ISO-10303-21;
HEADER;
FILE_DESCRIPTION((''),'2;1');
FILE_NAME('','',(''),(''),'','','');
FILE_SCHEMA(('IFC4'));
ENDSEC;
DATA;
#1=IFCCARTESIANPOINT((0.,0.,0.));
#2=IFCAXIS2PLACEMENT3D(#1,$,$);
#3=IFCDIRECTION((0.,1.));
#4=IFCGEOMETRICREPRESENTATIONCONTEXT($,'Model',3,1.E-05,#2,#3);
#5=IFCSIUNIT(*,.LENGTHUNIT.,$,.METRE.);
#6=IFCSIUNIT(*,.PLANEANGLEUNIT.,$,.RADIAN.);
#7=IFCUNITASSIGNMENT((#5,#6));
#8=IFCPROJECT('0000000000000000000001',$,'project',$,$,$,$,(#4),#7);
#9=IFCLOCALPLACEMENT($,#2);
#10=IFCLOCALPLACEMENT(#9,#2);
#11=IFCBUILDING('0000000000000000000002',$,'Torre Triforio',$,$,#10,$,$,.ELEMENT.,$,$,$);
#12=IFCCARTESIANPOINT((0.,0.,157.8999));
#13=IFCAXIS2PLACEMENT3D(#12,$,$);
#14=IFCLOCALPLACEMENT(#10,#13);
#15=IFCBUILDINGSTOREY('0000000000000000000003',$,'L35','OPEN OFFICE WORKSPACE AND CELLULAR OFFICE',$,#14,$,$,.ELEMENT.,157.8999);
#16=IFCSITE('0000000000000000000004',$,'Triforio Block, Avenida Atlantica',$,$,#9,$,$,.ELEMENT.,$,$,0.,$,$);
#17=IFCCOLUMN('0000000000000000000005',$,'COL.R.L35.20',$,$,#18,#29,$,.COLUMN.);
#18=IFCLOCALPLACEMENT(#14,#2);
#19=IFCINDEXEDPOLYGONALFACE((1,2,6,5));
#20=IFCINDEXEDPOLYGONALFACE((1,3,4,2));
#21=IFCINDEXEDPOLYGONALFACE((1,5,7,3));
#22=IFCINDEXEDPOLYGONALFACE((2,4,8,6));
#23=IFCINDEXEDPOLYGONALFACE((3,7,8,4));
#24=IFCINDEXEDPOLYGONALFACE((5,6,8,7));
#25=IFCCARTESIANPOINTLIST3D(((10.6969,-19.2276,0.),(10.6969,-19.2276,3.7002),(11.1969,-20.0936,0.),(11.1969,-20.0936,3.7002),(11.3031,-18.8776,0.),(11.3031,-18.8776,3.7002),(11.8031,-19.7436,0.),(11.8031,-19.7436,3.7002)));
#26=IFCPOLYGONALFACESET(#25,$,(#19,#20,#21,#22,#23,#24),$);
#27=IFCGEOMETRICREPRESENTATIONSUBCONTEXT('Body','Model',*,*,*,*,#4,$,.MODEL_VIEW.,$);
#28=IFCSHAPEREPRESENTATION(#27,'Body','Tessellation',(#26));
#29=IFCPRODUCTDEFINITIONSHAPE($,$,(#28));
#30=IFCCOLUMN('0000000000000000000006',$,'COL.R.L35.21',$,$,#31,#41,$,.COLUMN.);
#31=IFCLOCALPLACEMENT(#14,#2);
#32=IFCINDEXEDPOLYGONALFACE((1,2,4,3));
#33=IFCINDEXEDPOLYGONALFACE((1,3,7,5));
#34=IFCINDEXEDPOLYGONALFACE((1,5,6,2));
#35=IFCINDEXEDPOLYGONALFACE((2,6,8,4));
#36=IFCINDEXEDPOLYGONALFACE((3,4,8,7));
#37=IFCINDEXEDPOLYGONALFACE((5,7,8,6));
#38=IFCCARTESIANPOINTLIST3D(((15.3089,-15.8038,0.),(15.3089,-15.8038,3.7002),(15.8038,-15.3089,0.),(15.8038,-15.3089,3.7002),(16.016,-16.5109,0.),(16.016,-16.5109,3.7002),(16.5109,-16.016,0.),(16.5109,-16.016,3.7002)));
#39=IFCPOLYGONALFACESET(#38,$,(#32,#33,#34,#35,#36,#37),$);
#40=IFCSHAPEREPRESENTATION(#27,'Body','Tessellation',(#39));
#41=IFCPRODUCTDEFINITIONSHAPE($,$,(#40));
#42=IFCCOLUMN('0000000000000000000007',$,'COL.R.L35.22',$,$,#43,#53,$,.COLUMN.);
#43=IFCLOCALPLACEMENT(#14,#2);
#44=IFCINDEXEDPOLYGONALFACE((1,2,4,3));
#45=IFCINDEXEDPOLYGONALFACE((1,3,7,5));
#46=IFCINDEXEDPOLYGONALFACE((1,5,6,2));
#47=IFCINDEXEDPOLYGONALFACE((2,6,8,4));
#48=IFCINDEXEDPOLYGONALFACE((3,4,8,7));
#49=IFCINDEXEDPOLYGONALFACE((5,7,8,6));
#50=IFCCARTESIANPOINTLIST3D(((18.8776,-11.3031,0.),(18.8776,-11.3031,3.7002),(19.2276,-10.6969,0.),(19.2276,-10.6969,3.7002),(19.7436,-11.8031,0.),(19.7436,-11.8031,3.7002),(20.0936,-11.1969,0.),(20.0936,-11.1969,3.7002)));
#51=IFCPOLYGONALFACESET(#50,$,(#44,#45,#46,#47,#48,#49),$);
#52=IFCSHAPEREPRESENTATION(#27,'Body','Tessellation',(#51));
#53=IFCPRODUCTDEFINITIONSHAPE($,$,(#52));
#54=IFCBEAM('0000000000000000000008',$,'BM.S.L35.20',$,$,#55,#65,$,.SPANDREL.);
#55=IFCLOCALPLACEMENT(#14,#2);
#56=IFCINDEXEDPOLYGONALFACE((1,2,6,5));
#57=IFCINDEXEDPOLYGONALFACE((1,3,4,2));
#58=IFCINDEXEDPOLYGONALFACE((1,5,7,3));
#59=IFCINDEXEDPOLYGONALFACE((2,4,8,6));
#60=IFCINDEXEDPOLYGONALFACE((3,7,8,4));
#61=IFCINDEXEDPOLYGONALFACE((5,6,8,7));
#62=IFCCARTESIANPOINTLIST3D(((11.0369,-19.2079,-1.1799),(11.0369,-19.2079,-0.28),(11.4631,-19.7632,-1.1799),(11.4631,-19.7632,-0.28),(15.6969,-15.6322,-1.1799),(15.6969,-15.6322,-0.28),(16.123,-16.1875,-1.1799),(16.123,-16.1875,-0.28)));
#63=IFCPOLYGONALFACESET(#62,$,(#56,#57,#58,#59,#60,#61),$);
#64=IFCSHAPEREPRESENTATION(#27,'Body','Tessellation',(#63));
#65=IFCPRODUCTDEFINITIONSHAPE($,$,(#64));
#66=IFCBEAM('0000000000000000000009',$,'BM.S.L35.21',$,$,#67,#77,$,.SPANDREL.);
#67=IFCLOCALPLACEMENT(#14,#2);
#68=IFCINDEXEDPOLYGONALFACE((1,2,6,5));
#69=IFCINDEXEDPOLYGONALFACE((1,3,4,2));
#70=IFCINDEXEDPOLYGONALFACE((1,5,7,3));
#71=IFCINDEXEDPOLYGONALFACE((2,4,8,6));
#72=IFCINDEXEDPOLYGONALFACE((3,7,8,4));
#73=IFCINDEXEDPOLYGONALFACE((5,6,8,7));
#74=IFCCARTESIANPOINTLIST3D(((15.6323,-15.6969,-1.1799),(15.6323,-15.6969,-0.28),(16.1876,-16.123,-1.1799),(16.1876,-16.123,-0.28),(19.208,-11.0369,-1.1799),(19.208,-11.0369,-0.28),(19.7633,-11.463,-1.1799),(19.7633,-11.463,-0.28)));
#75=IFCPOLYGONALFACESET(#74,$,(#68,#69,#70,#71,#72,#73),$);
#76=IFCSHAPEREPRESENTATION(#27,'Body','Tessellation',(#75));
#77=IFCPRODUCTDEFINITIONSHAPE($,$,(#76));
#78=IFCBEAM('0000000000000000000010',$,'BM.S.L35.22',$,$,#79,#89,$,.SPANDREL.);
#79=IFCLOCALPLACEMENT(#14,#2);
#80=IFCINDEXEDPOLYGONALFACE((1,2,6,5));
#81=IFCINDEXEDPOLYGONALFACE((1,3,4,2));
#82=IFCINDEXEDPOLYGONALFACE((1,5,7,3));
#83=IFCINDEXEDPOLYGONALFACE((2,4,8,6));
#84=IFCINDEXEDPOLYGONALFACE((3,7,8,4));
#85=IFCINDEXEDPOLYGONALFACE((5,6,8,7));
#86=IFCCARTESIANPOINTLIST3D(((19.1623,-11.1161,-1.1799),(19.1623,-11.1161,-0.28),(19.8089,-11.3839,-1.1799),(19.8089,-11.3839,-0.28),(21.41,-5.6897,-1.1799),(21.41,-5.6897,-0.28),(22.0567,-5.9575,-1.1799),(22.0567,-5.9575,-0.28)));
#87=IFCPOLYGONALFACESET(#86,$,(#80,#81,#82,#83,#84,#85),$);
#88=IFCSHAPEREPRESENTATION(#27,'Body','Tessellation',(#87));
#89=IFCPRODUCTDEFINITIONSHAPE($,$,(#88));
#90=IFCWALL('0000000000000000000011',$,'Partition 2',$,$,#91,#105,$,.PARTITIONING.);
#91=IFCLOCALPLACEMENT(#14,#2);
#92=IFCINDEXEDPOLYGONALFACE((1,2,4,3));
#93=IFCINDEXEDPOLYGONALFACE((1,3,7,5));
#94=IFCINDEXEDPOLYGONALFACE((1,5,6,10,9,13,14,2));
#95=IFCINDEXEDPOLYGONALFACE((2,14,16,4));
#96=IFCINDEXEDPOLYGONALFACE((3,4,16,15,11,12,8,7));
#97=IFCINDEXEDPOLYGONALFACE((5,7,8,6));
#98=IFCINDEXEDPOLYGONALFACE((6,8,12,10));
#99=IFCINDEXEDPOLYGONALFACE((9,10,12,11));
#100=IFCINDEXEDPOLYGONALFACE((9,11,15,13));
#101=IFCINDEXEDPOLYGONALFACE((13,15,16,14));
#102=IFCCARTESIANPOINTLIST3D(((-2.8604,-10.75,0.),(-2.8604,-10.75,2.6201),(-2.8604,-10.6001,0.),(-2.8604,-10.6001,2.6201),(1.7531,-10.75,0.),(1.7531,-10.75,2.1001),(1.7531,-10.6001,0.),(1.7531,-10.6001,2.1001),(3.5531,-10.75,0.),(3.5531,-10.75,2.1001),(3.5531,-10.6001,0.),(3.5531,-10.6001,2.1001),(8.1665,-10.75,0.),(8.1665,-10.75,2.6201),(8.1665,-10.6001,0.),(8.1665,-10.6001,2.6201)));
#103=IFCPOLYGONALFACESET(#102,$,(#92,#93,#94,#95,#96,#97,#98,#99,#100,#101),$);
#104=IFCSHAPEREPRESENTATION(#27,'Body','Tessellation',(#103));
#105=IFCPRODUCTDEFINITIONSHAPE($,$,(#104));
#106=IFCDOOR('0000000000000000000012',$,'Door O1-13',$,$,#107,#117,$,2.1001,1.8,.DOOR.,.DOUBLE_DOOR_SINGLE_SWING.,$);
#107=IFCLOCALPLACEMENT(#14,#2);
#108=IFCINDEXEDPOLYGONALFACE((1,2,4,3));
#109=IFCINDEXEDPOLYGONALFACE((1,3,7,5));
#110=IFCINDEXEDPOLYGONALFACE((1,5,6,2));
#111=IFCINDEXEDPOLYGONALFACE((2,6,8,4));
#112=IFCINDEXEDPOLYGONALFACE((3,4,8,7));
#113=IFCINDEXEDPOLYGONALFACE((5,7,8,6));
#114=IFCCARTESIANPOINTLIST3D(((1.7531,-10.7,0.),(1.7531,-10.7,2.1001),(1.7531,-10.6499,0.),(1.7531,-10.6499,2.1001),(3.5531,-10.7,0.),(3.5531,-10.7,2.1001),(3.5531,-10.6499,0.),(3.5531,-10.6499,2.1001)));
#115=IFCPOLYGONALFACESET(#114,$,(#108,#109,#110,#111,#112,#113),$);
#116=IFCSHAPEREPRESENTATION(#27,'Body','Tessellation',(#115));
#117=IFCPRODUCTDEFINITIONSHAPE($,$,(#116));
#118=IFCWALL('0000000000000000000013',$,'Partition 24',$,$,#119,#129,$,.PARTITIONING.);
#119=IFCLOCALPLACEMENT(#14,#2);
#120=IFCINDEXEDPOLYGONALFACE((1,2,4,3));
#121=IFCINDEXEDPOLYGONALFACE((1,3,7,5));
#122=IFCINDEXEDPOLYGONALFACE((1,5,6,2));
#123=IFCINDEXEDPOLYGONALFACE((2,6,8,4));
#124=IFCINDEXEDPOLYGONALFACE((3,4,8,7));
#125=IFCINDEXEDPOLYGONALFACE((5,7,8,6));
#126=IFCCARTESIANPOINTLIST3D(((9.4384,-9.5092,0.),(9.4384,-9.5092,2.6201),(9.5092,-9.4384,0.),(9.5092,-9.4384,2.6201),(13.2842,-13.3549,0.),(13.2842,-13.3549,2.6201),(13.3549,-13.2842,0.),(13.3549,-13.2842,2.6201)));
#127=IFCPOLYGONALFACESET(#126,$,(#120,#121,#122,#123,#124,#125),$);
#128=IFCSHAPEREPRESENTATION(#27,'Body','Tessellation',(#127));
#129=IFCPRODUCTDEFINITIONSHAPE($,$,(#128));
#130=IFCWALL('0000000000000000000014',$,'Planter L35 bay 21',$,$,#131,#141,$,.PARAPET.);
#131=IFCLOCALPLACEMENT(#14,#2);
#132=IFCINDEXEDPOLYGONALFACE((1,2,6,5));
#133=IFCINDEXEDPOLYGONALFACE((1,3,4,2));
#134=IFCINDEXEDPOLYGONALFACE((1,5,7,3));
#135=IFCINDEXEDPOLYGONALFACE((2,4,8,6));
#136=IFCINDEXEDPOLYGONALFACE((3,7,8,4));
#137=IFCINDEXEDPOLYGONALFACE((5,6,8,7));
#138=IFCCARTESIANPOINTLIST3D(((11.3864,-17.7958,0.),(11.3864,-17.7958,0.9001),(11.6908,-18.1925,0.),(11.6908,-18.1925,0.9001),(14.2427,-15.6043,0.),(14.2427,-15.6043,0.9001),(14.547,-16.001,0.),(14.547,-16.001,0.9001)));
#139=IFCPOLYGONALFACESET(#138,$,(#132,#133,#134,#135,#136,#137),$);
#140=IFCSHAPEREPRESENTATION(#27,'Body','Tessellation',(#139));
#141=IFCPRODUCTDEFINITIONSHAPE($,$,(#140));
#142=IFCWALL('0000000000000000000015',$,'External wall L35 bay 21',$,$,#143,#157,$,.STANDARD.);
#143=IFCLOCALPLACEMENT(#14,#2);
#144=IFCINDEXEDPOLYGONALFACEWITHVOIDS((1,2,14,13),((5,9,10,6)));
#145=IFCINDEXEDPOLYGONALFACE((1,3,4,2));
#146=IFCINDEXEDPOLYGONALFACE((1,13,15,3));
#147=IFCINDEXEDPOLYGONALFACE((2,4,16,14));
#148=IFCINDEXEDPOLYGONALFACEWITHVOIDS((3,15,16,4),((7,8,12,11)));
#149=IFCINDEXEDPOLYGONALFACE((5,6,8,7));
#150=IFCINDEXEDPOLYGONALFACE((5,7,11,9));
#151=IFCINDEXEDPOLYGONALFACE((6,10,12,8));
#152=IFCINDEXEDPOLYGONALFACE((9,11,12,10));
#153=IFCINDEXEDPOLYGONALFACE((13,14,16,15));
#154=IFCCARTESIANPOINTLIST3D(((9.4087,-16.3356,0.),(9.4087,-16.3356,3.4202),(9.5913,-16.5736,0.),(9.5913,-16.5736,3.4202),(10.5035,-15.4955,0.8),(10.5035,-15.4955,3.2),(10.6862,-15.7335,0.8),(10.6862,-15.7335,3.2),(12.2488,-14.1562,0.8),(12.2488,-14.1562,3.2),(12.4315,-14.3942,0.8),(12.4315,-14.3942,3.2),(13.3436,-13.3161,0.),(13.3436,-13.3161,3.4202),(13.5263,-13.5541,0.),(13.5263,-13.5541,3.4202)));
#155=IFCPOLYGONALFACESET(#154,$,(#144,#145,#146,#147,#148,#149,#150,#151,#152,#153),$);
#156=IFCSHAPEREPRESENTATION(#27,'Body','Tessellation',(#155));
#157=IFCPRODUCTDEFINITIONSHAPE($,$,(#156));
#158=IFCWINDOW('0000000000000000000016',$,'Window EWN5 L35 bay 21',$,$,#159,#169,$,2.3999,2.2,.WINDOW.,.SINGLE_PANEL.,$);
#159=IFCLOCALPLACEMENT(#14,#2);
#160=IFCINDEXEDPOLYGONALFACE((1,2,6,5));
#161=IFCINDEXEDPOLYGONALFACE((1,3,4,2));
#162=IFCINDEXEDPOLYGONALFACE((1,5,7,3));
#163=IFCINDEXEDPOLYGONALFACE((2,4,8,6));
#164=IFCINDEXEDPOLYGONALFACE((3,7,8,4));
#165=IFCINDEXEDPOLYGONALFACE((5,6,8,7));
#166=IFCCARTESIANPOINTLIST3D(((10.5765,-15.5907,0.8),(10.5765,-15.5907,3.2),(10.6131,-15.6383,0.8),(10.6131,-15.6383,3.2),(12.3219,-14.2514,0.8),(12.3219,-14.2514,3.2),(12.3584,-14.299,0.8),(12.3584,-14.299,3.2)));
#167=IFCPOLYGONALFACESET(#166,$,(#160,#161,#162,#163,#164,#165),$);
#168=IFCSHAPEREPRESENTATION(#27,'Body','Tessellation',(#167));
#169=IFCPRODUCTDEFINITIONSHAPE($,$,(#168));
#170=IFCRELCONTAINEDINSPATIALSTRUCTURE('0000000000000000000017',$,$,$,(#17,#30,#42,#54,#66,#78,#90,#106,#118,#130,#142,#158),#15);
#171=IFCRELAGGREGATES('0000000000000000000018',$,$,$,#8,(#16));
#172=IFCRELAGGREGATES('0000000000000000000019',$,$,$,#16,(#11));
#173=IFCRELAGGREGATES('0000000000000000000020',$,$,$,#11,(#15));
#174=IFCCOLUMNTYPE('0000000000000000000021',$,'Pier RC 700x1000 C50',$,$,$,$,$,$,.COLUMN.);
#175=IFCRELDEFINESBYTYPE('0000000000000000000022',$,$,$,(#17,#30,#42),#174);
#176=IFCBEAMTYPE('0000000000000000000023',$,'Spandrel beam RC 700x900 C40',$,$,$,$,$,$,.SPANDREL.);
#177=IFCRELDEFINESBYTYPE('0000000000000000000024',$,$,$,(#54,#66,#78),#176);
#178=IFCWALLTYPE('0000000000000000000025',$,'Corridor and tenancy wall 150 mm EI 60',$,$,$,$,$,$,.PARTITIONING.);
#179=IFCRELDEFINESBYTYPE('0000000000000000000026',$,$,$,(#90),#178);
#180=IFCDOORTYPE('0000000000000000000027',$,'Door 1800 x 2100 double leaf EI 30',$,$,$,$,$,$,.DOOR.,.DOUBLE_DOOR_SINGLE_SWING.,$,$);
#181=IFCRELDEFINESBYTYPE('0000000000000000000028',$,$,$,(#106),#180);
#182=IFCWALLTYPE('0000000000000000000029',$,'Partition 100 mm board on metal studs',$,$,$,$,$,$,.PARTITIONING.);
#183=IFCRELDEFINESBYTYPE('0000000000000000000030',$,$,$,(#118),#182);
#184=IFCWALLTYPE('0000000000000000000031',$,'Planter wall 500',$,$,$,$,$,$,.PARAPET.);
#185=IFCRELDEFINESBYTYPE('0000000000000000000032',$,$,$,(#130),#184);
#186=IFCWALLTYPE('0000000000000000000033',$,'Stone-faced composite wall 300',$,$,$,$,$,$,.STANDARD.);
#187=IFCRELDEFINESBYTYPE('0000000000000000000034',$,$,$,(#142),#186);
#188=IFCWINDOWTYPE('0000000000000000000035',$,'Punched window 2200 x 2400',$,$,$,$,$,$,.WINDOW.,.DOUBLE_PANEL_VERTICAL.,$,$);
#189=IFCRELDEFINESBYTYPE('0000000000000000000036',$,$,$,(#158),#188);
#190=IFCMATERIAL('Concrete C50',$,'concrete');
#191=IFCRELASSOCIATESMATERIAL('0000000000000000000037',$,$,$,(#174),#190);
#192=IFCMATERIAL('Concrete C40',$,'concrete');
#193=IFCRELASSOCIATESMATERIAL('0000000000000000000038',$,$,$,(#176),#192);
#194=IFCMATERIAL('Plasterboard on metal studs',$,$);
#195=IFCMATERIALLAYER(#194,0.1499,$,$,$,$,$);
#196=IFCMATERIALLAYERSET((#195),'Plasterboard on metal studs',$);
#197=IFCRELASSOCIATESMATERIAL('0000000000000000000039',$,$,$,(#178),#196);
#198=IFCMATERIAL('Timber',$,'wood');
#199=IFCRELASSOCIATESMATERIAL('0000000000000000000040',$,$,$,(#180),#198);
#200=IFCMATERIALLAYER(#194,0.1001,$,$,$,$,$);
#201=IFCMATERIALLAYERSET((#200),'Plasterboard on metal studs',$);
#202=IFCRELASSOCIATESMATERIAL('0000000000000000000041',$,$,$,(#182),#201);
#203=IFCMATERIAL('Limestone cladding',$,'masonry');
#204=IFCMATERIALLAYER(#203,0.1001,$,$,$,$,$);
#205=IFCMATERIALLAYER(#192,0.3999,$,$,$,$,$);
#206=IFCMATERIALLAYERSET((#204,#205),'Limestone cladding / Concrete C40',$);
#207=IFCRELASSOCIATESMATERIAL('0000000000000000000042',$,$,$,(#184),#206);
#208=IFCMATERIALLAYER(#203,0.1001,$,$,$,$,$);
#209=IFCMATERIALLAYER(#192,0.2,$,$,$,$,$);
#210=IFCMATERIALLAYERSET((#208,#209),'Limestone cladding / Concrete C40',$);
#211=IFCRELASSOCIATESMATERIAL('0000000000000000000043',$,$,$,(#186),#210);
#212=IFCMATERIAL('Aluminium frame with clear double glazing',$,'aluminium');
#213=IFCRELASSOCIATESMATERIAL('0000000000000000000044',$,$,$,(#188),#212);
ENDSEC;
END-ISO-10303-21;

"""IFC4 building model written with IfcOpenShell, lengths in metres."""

from ifc_helpers import new_model, si_unit, direction, frame, frame_2d, origin, origin_2d, place, context, subcontext, project, spatial, rectangle, extrude, material, layer, layer_set, material_profile, profile_set, type_object, element, fill, save


model = new_model("IFC4")

# Units and contexts
model_context = context("Model", 3, precision=1e-05, world=origin(), true_north=direction((0.0, 1.0)))
body_context = subcontext(model_context, "Body", "Model", "MODEL_VIEW")
ifc_project = project(units=[si_unit("LENGTHUNIT", "METRE"), si_unit("PLANEANGLEUNIT", "RADIAN")], contexts=[model_context])

# Site, building, storey
site_placement = place(None, origin())
site = spatial("IfcSite", under=ifc_project, at=site_placement, Name="Triforio Block, Avenida Atlantica", CompositionType="ELEMENT", RefElevation=0.0)
building_placement = place(site_placement, origin())
building = spatial("IfcBuilding", under=site, at=building_placement, Name="Torre Triforio", CompositionType="ELEMENT")
storey_placement = place(building_placement, frame((0.0, 0.0, 157.8999)))
storey = spatial("IfcBuildingStorey", under=building, at=storey_placement, Name="L35", Description="OPEN OFFICE WORKSPACE AND CELLULAR OFFICE", CompositionType="ELEMENT", Elevation=157.8999)

# Columns
ifc_material_1 = material(Name="Concrete C50", Category="concrete")
ifc_material_profile_1 = material_profile(ifc_material_1, rectangle(XDim=0.7, YDim=1.0, at=origin_2d()), Name="RC 700x1000")
ifc_profile_set_1 = profile_set([ifc_material_profile_1], Name="Concrete C50")
column_type = type_object("IfcColumnType", Name="Pier RC 700x1000 C50", PredefinedType="COLUMN", material=ifc_profile_set_1)
for number, where, z_axis, x_axis, name in (
    (1, (11.25, -19.4856, 0.0), (0.0, 0.0, 1.0), (0.866025, 0.5, 0.0), "COL.R.L35.20"),
    (2, (15.9099, -15.9099, 0.0), (0.0, 0.0, 1.0), (0.707107, 0.707107, 0.0), "COL.R.L35.21"),
    (3, (19.4856, -11.25, 0.0), (0.0, 0.0, 1.0), (0.5, 0.866025, 0.0), "COL.R.L35.22"),
):
    element("IfcColumn", number, at=place(storey_placement, frame(where, z_axis=z_axis, x_axis=x_axis)), inside=storey, type_object=column_type, Name=name, PredefinedType="COLUMN", context=body_context, shape_type="SweptSolid", body=[
        extrude(rectangle(XDim=0.7, YDim=1.0, at=origin_2d()), origin(), (0.0, 0.0, 1.0), 3.7002),
    ])

# Beams
ifc_material_2 = material(Name="Concrete C40", Category="concrete")
ifc_material_profile_2 = material_profile(ifc_material_2, rectangle(XDim=0.7, YDim=0.8999, at=origin_2d()), Name="RC 700x900")
ifc_profile_set_2 = profile_set([ifc_material_profile_2], Name="Concrete C40")
beam_type = type_object("IfcBeamType", Name="Spandrel beam RC 700x900 C40", PredefinedType="SPANDREL", material=ifc_profile_set_2)
for number, where, z_axis, x_axis, name in (
    (4, (11.25, -19.4856, -0.73), (0.793353, 0.608762, 0.0), (-0.608762, 0.793353, 0.0), "BM.S.L35.20"),
    (5, (15.9099, -15.9099, -0.73), (0.608762, 0.793353, 0.0), (-0.793353, 0.608762, 0.0), "BM.S.L35.21"),
):
    element("IfcBeam", number, at=place(storey_placement, frame(where, z_axis=z_axis, x_axis=x_axis)), inside=storey, type_object=beam_type, Name=name, PredefinedType="SPANDREL", context=body_context, shape_type="SweptSolid", body=[
        extrude(rectangle(XDim=0.7, YDim=0.8999, at=origin_2d()), origin(), (0.0, 0.0, 1.0), 5.8738),
    ])
beam_placement = place(storey_placement, frame((19.4856, -11.25, -0.73), z_axis=(0.382693, 0.923875, 0.0), x_axis=(-0.923875, 0.382693, 0.0)))
element("IfcBeam", 6, at=beam_placement, inside=storey, type_object=beam_type, Name="BM.S.L35.22", PredefinedType="SPANDREL", context=body_context, shape_type="SweptSolid", body=[
    extrude(rectangle(XDim=0.7, YDim=0.8999, at=origin_2d()), origin(), (0.0, 0.0, 1.0), 5.8735),
])

# Wall, opening, door
ifc_material_3 = material(Name="Plasterboard on metal studs")
ifc_layer_1 = layer(ifc_material_3, 0.1499)
ifc_layer_set_1 = layer_set([ifc_layer_1], Name="Plasterboard on metal studs")
wall_type_1 = type_object("IfcWallType", Name="Corridor and tenancy wall 150 mm EI 60", PredefinedType="PARTITIONING", material=ifc_layer_set_1)
wall_1_placement = place(storey_placement, frame((8.1665, -10.675, 0.0), z_axis=(0.0, 0.0, 1.0), x_axis=(-1.0, 0.0, 0.0)))
wall_1 = element("IfcWall", 7, at=wall_1_placement, inside=storey, type_object=wall_type_1, Name="Partition 2", PredefinedType="PARTITIONING", context=body_context, shape_type="SweptSolid", body=[
    extrude(rectangle(XDim=11.0269, YDim=0.1499, at=frame_2d((5.5134, 0.0))), origin(), (0.0, 0.0, 1.0), 2.6201),
])
opening_1_placement = place(wall_1_placement, frame((4.6135, 0.0, 0.0)))
opening_1 = element("IfcOpeningElement", 8, at=opening_1_placement, cuts=wall_1, PredefinedType="OPENING", context=body_context, shape_type="SweptSolid", body=[
    extrude(rectangle(XDim=1.8, YDim=2.1001, at=frame_2d((0.8999, 1.05))), frame((0.0, 0.085, 0.0), z_axis=(0.0, -1.0, 0.0), x_axis=(1.0, 0.0, 0.0)), (0.0, 0.0, 1.0), 0.1699),
])
ifc_material_4 = material(Name="Timber", Category="wood")
door_type_1 = type_object("IfcDoorType", Name="Door 1800 x 2100 double leaf EI 30", OperationType="DOUBLE_DOOR_SINGLE_SWING", PredefinedType="DOOR", material=ifc_material_4)
door_1_placement = place(opening_1_placement, origin())
door_1 = element("IfcDoor", 9, at=door_1_placement, inside=storey, type_object=door_type_1, Name="Door O1-13", OperationType="DOUBLE_DOOR_SINGLE_SWING", OverallHeight=2.1001, OverallWidth=1.8, PredefinedType="DOOR", context=body_context, shape_type="SweptSolid", body=[
    extrude(rectangle(XDim=1.8, YDim=2.1001, at=frame_2d((0.8999, 1.05))), frame((0.0, 0.0249, 0.0), z_axis=(0.0, -1.0, 0.0), x_axis=(1.0, 0.0, 0.0)), (0.0, 0.0, 1.0), 0.05),
])
fill(opening_1, door_1)

# Walls
ifc_layer_2 = layer(ifc_material_3, 0.1001)
ifc_layer_set_2 = layer_set([ifc_layer_2], Name="Plasterboard on metal studs")
wall_type_2 = type_object("IfcWallType", Name="Partition 100 mm board on metal studs", PredefinedType="PARTITIONING", material=ifc_layer_set_2)
wall_2_placement = place(storey_placement, frame((9.4739, -9.4739, 0.0), z_axis=(0.0, 0.0, 1.0), x_axis=(0.707107, -0.707107, 0.0)))
element("IfcWall", 10, at=wall_2_placement, inside=storey, type_object=wall_type_2, Name="Partition 24", PredefinedType="PARTITIONING", context=body_context, shape_type="SweptSolid", body=[
    extrude(rectangle(XDim=5.4387, YDim=0.1001, at=frame_2d((2.7192, 0.0))), origin(), (0.0, 0.0, 1.0), 2.6201),
])
ifc_material_5 = material(Name="Limestone cladding", Category="masonry")
ifc_layer_3 = layer(ifc_material_5, 0.1001)
ifc_layer_4 = layer(ifc_material_2, 0.3999)
ifc_layer_set_3 = layer_set([ifc_layer_3, ifc_layer_4], Name="Limestone cladding / Concrete C40")
wall_type_3 = type_object("IfcWallType", Name="Planter wall 500", PredefinedType="PARAPET", material=ifc_layer_set_3)
wall_3_placement = place(storey_placement, frame((11.5386, -17.9941, 0.0), z_axis=(0.0, 0.0, 1.0), x_axis=(0.793385, 0.608721, 0.0)))
element("IfcWall", 11, at=wall_3_placement, inside=storey, type_object=wall_type_3, Name="Planter L35 bay 21", PredefinedType="PARAPET", context=body_context, shape_type="SweptSolid", body=[
    extrude(rectangle(XDim=3.6001, YDim=0.5, at=frame_2d((1.8, 0.0))), origin(), (0.0, 0.0, 1.0), 0.9001),
])

# Wall, opening, window
ifc_layer_5 = layer(ifc_material_5, 0.1001)
ifc_layer_6 = layer(ifc_material_2, 0.2)
ifc_layer_set_4 = layer_set([ifc_layer_5, ifc_layer_6], Name="Limestone cladding / Concrete C40")
wall_type_4 = type_object("IfcWallType", Name="Stone-faced composite wall 300", PredefinedType="STANDARD", material=ifc_layer_set_4)
wall_4_placement = place(storey_placement, frame((9.5, -16.4546, 0.0), z_axis=(0.0, 0.0, 1.0), x_axis=(0.793348, 0.608768, 0.0)))
wall_4 = element("IfcWall", 12, at=wall_4_placement, inside=storey, type_object=wall_type_4, Name="External wall L35 bay 21", PredefinedType="STANDARD", context=body_context, shape_type="SweptSolid", body=[
    extrude(rectangle(XDim=4.96, YDim=0.3, at=frame_2d((2.48, 0.0))), origin(), (0.0, 0.0, 1.0), 3.4202),
])
opening_2_placement = place(wall_4_placement, frame((1.3799, 0.0, 0.8)))
opening_2 = element("IfcOpeningElement", 13, at=opening_2_placement, cuts=wall_4, PredefinedType="OPENING", context=body_context, shape_type="SweptSolid", body=[
    extrude(rectangle(XDim=2.2, YDim=2.3999, at=frame_2d((1.1001, 1.2))), frame((0.0, 0.1599, 0.0), z_axis=(0.0, -1.0, 0.0), x_axis=(1.0, 0.0, 0.0)), (0.0, 0.0, 1.0), 0.3201),
])
ifc_material_6 = material(Name="Aluminium frame with clear double glazing", Category="aluminium")
window_type_1 = type_object("IfcWindowType", Name="Punched window 2200 x 2400", PartitioningType="DOUBLE_PANEL_VERTICAL", PredefinedType="WINDOW", material=ifc_material_6)
window_1_placement = place(opening_2_placement, origin())
window_1 = element("IfcWindow", 14, at=window_1_placement, inside=storey, type_object=window_type_1, Name="Window EWN5 L35 bay 21", OverallHeight=2.3999, OverallWidth=2.2, PartitioningType="SINGLE_PANEL", PredefinedType="WINDOW", context=body_context, shape_type="SweptSolid", body=[
    extrude(rectangle(XDim=2.2, YDim=2.3999, at=frame_2d((1.1001, 1.2))), frame((0.0, 0.03, 0.0), z_axis=(0.0, -1.0, 0.0), x_axis=(1.0, 0.0, 0.0)), (0.0, 0.0, 1.0), 0.0601),
])
fill(opening_2, window_1)

save(model, "model.ifc")
